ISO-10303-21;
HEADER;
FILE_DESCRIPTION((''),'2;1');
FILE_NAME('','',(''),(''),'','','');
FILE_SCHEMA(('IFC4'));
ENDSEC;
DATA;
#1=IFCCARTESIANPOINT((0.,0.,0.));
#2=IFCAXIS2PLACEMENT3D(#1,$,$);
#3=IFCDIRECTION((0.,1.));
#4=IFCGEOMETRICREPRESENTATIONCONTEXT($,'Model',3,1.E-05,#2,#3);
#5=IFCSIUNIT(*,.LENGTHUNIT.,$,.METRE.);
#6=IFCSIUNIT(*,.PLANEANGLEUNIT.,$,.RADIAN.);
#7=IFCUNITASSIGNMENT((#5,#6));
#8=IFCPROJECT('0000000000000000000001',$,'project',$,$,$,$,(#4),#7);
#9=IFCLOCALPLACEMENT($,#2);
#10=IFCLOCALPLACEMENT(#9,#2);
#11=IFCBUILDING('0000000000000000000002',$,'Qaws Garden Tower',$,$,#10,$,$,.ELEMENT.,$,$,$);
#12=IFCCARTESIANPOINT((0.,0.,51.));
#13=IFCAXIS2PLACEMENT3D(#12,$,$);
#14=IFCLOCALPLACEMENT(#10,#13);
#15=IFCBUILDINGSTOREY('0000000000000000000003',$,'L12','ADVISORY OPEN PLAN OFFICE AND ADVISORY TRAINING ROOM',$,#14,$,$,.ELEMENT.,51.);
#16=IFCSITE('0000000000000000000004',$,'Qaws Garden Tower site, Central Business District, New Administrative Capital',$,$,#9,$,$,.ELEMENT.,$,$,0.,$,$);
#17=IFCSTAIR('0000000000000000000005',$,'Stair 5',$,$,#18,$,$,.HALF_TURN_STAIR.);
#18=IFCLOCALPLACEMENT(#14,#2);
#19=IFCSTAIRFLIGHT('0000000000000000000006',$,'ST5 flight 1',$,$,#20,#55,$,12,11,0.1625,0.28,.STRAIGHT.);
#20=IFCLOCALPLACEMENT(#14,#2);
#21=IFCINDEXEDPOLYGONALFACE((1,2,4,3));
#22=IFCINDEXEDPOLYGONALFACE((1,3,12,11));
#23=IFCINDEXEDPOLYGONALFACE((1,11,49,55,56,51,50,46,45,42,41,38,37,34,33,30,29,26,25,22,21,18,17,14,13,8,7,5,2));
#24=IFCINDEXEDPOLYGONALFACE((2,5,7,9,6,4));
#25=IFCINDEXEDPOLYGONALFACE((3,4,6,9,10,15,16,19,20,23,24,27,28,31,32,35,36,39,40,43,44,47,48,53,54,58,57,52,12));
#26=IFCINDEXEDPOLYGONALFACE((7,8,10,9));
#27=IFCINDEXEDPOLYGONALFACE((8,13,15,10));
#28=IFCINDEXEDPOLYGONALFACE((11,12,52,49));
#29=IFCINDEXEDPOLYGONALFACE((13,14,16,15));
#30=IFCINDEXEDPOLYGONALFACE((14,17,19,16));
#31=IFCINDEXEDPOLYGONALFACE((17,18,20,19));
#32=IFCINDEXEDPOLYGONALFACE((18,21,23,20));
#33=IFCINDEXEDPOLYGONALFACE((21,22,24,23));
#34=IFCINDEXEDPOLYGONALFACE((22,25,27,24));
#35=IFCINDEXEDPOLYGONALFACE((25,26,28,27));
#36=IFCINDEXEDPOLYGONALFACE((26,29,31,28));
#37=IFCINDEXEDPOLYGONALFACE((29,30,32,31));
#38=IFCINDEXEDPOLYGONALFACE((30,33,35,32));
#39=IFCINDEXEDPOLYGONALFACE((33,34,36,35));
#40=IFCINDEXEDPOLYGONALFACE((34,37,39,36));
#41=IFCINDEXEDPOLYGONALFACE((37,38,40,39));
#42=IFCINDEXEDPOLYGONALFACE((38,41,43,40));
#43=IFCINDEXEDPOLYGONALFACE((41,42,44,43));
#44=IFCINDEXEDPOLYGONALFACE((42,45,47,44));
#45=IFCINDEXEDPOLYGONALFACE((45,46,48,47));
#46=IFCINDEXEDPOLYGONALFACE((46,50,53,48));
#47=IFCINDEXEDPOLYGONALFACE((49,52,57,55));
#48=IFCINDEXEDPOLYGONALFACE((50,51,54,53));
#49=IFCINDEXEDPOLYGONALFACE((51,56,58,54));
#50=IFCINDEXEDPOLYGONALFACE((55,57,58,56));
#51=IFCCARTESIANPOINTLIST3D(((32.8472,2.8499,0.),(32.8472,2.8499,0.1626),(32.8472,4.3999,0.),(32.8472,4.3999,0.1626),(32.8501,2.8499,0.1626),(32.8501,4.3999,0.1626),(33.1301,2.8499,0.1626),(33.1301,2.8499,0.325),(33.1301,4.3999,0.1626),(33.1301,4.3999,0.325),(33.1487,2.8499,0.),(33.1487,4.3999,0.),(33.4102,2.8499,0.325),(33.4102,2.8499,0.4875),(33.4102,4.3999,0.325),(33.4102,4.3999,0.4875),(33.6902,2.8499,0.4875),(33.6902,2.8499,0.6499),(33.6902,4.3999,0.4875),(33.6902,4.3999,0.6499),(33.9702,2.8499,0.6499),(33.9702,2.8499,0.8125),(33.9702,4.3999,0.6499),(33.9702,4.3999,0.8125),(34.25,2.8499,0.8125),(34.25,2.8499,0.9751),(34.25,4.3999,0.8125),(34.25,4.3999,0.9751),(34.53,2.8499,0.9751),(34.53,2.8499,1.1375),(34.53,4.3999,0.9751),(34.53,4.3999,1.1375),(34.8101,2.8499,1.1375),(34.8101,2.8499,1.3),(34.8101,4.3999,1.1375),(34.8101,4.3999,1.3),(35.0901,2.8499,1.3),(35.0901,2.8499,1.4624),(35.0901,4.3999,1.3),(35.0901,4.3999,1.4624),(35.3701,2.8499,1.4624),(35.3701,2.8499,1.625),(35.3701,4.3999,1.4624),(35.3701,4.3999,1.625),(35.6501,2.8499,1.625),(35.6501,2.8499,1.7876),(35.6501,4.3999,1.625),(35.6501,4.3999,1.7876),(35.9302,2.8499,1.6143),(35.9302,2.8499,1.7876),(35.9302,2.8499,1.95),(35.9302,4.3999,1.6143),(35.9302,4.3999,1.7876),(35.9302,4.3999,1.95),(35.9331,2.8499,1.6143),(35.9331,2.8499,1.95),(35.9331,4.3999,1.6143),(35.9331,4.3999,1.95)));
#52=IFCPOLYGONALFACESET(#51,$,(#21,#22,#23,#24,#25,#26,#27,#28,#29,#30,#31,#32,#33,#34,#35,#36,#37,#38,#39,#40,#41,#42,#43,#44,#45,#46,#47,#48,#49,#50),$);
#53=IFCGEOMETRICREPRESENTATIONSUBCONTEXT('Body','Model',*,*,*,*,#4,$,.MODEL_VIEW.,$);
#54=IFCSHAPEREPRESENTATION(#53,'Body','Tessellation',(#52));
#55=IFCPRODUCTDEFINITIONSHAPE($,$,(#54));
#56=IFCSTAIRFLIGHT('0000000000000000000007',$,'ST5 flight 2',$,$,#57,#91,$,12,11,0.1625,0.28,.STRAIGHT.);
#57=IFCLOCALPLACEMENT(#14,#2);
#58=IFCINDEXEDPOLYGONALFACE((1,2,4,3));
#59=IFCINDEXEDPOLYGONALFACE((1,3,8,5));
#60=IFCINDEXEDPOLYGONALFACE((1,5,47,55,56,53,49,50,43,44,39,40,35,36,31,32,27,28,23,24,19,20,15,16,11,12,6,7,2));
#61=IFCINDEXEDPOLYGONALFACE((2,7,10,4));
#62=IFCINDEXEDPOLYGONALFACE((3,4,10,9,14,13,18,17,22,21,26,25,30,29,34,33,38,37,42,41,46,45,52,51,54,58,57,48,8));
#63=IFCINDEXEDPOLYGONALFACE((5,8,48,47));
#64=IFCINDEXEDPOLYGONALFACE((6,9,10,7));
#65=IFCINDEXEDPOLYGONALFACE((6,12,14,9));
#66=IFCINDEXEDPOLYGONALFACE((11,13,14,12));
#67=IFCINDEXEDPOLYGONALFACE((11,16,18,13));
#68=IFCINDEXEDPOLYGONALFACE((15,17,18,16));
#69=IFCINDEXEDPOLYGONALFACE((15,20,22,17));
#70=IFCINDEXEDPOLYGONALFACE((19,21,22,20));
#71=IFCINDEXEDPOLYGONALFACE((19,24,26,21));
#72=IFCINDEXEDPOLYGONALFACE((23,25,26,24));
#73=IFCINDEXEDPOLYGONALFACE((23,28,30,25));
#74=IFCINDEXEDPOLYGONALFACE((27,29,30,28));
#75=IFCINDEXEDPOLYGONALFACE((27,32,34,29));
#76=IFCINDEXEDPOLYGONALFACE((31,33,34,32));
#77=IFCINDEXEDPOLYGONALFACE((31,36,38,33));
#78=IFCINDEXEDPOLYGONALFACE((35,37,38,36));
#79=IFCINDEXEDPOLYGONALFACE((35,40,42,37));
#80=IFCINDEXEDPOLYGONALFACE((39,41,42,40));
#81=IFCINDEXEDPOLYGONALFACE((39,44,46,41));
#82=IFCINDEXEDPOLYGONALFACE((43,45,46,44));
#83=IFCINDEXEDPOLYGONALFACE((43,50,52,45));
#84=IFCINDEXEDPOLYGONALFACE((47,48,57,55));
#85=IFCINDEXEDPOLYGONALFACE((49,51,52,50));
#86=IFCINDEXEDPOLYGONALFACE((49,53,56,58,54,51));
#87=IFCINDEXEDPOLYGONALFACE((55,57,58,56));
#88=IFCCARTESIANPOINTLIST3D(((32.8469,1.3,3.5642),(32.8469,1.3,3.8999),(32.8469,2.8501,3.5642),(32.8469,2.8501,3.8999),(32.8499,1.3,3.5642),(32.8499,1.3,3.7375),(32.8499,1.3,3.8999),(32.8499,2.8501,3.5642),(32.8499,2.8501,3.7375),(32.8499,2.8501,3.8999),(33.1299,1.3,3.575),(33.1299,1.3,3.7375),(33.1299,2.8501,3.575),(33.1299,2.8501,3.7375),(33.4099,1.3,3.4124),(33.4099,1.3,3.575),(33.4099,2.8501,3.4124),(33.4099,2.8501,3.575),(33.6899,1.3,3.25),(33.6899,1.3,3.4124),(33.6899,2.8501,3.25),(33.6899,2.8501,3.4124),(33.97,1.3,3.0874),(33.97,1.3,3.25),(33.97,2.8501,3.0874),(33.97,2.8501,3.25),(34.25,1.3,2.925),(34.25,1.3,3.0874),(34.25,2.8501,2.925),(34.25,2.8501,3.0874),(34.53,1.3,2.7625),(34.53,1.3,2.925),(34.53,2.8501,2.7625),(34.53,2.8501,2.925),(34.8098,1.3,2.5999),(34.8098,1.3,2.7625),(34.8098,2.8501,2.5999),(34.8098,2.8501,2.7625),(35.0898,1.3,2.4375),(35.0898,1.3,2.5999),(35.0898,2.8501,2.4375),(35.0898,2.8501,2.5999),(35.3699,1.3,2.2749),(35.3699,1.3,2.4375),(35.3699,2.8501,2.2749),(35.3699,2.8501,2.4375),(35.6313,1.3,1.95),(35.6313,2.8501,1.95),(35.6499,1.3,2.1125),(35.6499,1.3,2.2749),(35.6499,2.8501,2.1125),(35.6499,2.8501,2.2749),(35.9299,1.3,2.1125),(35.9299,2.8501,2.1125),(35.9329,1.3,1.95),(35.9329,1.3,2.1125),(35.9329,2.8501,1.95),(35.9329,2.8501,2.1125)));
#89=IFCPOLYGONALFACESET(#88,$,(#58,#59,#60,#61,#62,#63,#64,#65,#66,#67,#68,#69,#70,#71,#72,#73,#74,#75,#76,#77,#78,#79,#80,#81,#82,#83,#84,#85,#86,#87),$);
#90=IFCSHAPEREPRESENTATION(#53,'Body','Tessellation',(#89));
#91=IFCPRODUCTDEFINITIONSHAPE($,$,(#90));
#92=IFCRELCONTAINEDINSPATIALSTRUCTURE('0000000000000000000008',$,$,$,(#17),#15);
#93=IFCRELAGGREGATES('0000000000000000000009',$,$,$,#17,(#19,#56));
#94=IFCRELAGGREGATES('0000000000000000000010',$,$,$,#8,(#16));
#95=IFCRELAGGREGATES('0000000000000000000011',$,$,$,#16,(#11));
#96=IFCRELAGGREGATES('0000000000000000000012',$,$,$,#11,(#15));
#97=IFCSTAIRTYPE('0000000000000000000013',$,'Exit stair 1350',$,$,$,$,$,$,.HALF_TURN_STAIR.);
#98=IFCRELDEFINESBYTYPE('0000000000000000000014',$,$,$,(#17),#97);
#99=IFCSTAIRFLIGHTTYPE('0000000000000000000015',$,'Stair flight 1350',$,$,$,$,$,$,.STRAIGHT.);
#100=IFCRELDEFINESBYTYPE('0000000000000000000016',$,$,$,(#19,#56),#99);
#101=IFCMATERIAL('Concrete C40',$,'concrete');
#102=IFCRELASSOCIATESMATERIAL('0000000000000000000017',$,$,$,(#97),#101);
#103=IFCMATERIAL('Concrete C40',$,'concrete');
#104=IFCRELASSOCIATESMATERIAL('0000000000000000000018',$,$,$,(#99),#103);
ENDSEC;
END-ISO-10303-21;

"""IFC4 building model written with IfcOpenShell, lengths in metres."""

from ifc_helpers import new_model, si_unit, direction, frame, origin, place, context, subcontext, project, spatial, polyline, outline, extrude, material, type_object, element, aggregate, save


model = new_model("IFC4")

# Units and contexts
model_context = context("Model", 3, precision=1e-05, world=origin(), true_north=direction((0.0, 1.0)))
body_context = subcontext(model_context, "Body", "Model", "MODEL_VIEW")
ifc_project = project(units=[si_unit("LENGTHUNIT", "METRE"), si_unit("PLANEANGLEUNIT", "RADIAN")], contexts=[model_context])

# Site, building, storey
site_placement = place(None, origin())
site = spatial("IfcSite", under=ifc_project, at=site_placement, Name="Qaws Garden Tower site, Central Business District, New Administrative Capital", CompositionType="ELEMENT", RefElevation=0.0)
building_placement = place(site_placement, origin())
building = spatial("IfcBuilding", under=site, at=building_placement, Name="Qaws Garden Tower", CompositionType="ELEMENT")
storey_placement = place(building_placement, frame((0.0, 0.0, 51.0)))
storey = spatial("IfcBuildingStorey", under=building, at=storey_placement, Name="L12", Description="ADVISORY OPEN PLAN OFFICE AND ADVISORY TRAINING ROOM", CompositionType="ELEMENT", Elevation=51.0)

# Stair, stair flights
ifc_material_1 = material(Name="Concrete C40", Category="concrete")
stair_type = type_object("IfcStairType", Name="Exit stair 1350", PredefinedType="HALF_TURN_STAIR", material=ifc_material_1)
stair_placement = place(storey_placement, origin())
stair = element("IfcStair", 1, at=stair_placement, inside=storey, type_object=stair_type, Name="Stair 5", PredefinedType="HALF_TURN_STAIR")
ifc_material_2 = material(Name="Concrete C40", Category="concrete")
stair_flight_type = type_object("IfcStairFlightType", Name="Stair flight 1350", PredefinedType="STRAIGHT", material=ifc_material_2)
stair_flight_1_placement = place(storey_placement, frame((32.8501, 3.625, 0.0), z_axis=(0.0, 0.0, 1.0), x_axis=(1.0, 0.0, 0.0)))
stair_flight_1 = element("IfcStairFlight", 2, at=stair_flight_1_placement, type_object=stair_flight_type, Name="ST5 flight 1", NumberOfRisers=12, NumberOfTreads=11, PredefinedType="STRAIGHT", RiserHeight=0.1625, TreadLength=0.28, context=body_context, shape_type="SweptSolid", body=[
    extrude(outline(polyline([(-0.0029, 0.0), (-0.0029, 0.1626), (0.0, 0.1626), (0.28, 0.1626), (0.28, 0.325), (0.5601, 0.325), (0.5601, 0.4875), (0.8401, 0.4875), (0.8401, 0.6499), (1.1201, 0.6499), (1.1201, 0.8125), (1.3999, 0.8125), (1.3999, 0.9751), (1.6799, 0.9751), (1.6799, 1.1375), (1.96, 1.1375), (1.96, 1.3), (2.24, 1.3), (2.24, 1.4624), (2.52, 1.4624), (2.52, 1.625), (2.8, 1.625), (2.8, 1.7876), (3.0801, 1.7876), (3.0801, 1.95), (3.083, 1.95), (3.083, 1.6143), (3.0801, 1.6143), (0.2986, 0.0), (-0.0029, 0.0)])), frame((0.0, 0.7749, 0.0), z_axis=(0.0, -1.0, 0.0), x_axis=(1.0, 0.0, 0.0)), (0.0, 0.0, 1.0), 1.55),
])
stair_flight_2_placement = place(storey_placement, frame((35.9299, 2.075, 1.95), z_axis=(0.0, 0.0, 1.0), x_axis=(-1.0, 0.0, 0.0)))
stair_flight_2 = element("IfcStairFlight", 3, at=stair_flight_2_placement, type_object=stair_flight_type, Name="ST5 flight 2", NumberOfRisers=12, NumberOfTreads=11, PredefinedType="STRAIGHT", RiserHeight=0.1625, TreadLength=0.28, context=body_context, shape_type="SweptSolid", body=[
    extrude(outline(polyline([(-0.0029, 0.0), (-0.0029, 0.1626), (0.0, 0.1626), (0.28, 0.1626), (0.28, 0.325), (0.5601, 0.325), (0.5601, 0.4875), (0.8401, 0.4875), (0.8401, 0.6499), (1.1201, 0.6499), (1.1201, 0.8125), (1.3999, 0.8125), (1.3999, 0.9751), (1.6799, 0.9751), (1.6799, 1.1375), (1.96, 1.1375), (1.96, 1.3), (2.24, 1.3), (2.24, 1.4624), (2.52, 1.4624), (2.52, 1.625), (2.8, 1.625), (2.8, 1.7876), (3.0801, 1.7876), (3.0801, 1.95), (3.083, 1.95), (3.083, 1.6143), (3.0801, 1.6143), (0.2986, 0.0), (-0.0029, 0.0)])), frame((0.0, 0.7749, 0.0), z_axis=(0.0, -1.0, 0.0), x_axis=(1.0, 0.0, 0.0)), (0.0, 0.0, 1.0), 1.55),
])
aggregate(stair, [stair_flight_1, stair_flight_2])

save(model, "model.ifc")
